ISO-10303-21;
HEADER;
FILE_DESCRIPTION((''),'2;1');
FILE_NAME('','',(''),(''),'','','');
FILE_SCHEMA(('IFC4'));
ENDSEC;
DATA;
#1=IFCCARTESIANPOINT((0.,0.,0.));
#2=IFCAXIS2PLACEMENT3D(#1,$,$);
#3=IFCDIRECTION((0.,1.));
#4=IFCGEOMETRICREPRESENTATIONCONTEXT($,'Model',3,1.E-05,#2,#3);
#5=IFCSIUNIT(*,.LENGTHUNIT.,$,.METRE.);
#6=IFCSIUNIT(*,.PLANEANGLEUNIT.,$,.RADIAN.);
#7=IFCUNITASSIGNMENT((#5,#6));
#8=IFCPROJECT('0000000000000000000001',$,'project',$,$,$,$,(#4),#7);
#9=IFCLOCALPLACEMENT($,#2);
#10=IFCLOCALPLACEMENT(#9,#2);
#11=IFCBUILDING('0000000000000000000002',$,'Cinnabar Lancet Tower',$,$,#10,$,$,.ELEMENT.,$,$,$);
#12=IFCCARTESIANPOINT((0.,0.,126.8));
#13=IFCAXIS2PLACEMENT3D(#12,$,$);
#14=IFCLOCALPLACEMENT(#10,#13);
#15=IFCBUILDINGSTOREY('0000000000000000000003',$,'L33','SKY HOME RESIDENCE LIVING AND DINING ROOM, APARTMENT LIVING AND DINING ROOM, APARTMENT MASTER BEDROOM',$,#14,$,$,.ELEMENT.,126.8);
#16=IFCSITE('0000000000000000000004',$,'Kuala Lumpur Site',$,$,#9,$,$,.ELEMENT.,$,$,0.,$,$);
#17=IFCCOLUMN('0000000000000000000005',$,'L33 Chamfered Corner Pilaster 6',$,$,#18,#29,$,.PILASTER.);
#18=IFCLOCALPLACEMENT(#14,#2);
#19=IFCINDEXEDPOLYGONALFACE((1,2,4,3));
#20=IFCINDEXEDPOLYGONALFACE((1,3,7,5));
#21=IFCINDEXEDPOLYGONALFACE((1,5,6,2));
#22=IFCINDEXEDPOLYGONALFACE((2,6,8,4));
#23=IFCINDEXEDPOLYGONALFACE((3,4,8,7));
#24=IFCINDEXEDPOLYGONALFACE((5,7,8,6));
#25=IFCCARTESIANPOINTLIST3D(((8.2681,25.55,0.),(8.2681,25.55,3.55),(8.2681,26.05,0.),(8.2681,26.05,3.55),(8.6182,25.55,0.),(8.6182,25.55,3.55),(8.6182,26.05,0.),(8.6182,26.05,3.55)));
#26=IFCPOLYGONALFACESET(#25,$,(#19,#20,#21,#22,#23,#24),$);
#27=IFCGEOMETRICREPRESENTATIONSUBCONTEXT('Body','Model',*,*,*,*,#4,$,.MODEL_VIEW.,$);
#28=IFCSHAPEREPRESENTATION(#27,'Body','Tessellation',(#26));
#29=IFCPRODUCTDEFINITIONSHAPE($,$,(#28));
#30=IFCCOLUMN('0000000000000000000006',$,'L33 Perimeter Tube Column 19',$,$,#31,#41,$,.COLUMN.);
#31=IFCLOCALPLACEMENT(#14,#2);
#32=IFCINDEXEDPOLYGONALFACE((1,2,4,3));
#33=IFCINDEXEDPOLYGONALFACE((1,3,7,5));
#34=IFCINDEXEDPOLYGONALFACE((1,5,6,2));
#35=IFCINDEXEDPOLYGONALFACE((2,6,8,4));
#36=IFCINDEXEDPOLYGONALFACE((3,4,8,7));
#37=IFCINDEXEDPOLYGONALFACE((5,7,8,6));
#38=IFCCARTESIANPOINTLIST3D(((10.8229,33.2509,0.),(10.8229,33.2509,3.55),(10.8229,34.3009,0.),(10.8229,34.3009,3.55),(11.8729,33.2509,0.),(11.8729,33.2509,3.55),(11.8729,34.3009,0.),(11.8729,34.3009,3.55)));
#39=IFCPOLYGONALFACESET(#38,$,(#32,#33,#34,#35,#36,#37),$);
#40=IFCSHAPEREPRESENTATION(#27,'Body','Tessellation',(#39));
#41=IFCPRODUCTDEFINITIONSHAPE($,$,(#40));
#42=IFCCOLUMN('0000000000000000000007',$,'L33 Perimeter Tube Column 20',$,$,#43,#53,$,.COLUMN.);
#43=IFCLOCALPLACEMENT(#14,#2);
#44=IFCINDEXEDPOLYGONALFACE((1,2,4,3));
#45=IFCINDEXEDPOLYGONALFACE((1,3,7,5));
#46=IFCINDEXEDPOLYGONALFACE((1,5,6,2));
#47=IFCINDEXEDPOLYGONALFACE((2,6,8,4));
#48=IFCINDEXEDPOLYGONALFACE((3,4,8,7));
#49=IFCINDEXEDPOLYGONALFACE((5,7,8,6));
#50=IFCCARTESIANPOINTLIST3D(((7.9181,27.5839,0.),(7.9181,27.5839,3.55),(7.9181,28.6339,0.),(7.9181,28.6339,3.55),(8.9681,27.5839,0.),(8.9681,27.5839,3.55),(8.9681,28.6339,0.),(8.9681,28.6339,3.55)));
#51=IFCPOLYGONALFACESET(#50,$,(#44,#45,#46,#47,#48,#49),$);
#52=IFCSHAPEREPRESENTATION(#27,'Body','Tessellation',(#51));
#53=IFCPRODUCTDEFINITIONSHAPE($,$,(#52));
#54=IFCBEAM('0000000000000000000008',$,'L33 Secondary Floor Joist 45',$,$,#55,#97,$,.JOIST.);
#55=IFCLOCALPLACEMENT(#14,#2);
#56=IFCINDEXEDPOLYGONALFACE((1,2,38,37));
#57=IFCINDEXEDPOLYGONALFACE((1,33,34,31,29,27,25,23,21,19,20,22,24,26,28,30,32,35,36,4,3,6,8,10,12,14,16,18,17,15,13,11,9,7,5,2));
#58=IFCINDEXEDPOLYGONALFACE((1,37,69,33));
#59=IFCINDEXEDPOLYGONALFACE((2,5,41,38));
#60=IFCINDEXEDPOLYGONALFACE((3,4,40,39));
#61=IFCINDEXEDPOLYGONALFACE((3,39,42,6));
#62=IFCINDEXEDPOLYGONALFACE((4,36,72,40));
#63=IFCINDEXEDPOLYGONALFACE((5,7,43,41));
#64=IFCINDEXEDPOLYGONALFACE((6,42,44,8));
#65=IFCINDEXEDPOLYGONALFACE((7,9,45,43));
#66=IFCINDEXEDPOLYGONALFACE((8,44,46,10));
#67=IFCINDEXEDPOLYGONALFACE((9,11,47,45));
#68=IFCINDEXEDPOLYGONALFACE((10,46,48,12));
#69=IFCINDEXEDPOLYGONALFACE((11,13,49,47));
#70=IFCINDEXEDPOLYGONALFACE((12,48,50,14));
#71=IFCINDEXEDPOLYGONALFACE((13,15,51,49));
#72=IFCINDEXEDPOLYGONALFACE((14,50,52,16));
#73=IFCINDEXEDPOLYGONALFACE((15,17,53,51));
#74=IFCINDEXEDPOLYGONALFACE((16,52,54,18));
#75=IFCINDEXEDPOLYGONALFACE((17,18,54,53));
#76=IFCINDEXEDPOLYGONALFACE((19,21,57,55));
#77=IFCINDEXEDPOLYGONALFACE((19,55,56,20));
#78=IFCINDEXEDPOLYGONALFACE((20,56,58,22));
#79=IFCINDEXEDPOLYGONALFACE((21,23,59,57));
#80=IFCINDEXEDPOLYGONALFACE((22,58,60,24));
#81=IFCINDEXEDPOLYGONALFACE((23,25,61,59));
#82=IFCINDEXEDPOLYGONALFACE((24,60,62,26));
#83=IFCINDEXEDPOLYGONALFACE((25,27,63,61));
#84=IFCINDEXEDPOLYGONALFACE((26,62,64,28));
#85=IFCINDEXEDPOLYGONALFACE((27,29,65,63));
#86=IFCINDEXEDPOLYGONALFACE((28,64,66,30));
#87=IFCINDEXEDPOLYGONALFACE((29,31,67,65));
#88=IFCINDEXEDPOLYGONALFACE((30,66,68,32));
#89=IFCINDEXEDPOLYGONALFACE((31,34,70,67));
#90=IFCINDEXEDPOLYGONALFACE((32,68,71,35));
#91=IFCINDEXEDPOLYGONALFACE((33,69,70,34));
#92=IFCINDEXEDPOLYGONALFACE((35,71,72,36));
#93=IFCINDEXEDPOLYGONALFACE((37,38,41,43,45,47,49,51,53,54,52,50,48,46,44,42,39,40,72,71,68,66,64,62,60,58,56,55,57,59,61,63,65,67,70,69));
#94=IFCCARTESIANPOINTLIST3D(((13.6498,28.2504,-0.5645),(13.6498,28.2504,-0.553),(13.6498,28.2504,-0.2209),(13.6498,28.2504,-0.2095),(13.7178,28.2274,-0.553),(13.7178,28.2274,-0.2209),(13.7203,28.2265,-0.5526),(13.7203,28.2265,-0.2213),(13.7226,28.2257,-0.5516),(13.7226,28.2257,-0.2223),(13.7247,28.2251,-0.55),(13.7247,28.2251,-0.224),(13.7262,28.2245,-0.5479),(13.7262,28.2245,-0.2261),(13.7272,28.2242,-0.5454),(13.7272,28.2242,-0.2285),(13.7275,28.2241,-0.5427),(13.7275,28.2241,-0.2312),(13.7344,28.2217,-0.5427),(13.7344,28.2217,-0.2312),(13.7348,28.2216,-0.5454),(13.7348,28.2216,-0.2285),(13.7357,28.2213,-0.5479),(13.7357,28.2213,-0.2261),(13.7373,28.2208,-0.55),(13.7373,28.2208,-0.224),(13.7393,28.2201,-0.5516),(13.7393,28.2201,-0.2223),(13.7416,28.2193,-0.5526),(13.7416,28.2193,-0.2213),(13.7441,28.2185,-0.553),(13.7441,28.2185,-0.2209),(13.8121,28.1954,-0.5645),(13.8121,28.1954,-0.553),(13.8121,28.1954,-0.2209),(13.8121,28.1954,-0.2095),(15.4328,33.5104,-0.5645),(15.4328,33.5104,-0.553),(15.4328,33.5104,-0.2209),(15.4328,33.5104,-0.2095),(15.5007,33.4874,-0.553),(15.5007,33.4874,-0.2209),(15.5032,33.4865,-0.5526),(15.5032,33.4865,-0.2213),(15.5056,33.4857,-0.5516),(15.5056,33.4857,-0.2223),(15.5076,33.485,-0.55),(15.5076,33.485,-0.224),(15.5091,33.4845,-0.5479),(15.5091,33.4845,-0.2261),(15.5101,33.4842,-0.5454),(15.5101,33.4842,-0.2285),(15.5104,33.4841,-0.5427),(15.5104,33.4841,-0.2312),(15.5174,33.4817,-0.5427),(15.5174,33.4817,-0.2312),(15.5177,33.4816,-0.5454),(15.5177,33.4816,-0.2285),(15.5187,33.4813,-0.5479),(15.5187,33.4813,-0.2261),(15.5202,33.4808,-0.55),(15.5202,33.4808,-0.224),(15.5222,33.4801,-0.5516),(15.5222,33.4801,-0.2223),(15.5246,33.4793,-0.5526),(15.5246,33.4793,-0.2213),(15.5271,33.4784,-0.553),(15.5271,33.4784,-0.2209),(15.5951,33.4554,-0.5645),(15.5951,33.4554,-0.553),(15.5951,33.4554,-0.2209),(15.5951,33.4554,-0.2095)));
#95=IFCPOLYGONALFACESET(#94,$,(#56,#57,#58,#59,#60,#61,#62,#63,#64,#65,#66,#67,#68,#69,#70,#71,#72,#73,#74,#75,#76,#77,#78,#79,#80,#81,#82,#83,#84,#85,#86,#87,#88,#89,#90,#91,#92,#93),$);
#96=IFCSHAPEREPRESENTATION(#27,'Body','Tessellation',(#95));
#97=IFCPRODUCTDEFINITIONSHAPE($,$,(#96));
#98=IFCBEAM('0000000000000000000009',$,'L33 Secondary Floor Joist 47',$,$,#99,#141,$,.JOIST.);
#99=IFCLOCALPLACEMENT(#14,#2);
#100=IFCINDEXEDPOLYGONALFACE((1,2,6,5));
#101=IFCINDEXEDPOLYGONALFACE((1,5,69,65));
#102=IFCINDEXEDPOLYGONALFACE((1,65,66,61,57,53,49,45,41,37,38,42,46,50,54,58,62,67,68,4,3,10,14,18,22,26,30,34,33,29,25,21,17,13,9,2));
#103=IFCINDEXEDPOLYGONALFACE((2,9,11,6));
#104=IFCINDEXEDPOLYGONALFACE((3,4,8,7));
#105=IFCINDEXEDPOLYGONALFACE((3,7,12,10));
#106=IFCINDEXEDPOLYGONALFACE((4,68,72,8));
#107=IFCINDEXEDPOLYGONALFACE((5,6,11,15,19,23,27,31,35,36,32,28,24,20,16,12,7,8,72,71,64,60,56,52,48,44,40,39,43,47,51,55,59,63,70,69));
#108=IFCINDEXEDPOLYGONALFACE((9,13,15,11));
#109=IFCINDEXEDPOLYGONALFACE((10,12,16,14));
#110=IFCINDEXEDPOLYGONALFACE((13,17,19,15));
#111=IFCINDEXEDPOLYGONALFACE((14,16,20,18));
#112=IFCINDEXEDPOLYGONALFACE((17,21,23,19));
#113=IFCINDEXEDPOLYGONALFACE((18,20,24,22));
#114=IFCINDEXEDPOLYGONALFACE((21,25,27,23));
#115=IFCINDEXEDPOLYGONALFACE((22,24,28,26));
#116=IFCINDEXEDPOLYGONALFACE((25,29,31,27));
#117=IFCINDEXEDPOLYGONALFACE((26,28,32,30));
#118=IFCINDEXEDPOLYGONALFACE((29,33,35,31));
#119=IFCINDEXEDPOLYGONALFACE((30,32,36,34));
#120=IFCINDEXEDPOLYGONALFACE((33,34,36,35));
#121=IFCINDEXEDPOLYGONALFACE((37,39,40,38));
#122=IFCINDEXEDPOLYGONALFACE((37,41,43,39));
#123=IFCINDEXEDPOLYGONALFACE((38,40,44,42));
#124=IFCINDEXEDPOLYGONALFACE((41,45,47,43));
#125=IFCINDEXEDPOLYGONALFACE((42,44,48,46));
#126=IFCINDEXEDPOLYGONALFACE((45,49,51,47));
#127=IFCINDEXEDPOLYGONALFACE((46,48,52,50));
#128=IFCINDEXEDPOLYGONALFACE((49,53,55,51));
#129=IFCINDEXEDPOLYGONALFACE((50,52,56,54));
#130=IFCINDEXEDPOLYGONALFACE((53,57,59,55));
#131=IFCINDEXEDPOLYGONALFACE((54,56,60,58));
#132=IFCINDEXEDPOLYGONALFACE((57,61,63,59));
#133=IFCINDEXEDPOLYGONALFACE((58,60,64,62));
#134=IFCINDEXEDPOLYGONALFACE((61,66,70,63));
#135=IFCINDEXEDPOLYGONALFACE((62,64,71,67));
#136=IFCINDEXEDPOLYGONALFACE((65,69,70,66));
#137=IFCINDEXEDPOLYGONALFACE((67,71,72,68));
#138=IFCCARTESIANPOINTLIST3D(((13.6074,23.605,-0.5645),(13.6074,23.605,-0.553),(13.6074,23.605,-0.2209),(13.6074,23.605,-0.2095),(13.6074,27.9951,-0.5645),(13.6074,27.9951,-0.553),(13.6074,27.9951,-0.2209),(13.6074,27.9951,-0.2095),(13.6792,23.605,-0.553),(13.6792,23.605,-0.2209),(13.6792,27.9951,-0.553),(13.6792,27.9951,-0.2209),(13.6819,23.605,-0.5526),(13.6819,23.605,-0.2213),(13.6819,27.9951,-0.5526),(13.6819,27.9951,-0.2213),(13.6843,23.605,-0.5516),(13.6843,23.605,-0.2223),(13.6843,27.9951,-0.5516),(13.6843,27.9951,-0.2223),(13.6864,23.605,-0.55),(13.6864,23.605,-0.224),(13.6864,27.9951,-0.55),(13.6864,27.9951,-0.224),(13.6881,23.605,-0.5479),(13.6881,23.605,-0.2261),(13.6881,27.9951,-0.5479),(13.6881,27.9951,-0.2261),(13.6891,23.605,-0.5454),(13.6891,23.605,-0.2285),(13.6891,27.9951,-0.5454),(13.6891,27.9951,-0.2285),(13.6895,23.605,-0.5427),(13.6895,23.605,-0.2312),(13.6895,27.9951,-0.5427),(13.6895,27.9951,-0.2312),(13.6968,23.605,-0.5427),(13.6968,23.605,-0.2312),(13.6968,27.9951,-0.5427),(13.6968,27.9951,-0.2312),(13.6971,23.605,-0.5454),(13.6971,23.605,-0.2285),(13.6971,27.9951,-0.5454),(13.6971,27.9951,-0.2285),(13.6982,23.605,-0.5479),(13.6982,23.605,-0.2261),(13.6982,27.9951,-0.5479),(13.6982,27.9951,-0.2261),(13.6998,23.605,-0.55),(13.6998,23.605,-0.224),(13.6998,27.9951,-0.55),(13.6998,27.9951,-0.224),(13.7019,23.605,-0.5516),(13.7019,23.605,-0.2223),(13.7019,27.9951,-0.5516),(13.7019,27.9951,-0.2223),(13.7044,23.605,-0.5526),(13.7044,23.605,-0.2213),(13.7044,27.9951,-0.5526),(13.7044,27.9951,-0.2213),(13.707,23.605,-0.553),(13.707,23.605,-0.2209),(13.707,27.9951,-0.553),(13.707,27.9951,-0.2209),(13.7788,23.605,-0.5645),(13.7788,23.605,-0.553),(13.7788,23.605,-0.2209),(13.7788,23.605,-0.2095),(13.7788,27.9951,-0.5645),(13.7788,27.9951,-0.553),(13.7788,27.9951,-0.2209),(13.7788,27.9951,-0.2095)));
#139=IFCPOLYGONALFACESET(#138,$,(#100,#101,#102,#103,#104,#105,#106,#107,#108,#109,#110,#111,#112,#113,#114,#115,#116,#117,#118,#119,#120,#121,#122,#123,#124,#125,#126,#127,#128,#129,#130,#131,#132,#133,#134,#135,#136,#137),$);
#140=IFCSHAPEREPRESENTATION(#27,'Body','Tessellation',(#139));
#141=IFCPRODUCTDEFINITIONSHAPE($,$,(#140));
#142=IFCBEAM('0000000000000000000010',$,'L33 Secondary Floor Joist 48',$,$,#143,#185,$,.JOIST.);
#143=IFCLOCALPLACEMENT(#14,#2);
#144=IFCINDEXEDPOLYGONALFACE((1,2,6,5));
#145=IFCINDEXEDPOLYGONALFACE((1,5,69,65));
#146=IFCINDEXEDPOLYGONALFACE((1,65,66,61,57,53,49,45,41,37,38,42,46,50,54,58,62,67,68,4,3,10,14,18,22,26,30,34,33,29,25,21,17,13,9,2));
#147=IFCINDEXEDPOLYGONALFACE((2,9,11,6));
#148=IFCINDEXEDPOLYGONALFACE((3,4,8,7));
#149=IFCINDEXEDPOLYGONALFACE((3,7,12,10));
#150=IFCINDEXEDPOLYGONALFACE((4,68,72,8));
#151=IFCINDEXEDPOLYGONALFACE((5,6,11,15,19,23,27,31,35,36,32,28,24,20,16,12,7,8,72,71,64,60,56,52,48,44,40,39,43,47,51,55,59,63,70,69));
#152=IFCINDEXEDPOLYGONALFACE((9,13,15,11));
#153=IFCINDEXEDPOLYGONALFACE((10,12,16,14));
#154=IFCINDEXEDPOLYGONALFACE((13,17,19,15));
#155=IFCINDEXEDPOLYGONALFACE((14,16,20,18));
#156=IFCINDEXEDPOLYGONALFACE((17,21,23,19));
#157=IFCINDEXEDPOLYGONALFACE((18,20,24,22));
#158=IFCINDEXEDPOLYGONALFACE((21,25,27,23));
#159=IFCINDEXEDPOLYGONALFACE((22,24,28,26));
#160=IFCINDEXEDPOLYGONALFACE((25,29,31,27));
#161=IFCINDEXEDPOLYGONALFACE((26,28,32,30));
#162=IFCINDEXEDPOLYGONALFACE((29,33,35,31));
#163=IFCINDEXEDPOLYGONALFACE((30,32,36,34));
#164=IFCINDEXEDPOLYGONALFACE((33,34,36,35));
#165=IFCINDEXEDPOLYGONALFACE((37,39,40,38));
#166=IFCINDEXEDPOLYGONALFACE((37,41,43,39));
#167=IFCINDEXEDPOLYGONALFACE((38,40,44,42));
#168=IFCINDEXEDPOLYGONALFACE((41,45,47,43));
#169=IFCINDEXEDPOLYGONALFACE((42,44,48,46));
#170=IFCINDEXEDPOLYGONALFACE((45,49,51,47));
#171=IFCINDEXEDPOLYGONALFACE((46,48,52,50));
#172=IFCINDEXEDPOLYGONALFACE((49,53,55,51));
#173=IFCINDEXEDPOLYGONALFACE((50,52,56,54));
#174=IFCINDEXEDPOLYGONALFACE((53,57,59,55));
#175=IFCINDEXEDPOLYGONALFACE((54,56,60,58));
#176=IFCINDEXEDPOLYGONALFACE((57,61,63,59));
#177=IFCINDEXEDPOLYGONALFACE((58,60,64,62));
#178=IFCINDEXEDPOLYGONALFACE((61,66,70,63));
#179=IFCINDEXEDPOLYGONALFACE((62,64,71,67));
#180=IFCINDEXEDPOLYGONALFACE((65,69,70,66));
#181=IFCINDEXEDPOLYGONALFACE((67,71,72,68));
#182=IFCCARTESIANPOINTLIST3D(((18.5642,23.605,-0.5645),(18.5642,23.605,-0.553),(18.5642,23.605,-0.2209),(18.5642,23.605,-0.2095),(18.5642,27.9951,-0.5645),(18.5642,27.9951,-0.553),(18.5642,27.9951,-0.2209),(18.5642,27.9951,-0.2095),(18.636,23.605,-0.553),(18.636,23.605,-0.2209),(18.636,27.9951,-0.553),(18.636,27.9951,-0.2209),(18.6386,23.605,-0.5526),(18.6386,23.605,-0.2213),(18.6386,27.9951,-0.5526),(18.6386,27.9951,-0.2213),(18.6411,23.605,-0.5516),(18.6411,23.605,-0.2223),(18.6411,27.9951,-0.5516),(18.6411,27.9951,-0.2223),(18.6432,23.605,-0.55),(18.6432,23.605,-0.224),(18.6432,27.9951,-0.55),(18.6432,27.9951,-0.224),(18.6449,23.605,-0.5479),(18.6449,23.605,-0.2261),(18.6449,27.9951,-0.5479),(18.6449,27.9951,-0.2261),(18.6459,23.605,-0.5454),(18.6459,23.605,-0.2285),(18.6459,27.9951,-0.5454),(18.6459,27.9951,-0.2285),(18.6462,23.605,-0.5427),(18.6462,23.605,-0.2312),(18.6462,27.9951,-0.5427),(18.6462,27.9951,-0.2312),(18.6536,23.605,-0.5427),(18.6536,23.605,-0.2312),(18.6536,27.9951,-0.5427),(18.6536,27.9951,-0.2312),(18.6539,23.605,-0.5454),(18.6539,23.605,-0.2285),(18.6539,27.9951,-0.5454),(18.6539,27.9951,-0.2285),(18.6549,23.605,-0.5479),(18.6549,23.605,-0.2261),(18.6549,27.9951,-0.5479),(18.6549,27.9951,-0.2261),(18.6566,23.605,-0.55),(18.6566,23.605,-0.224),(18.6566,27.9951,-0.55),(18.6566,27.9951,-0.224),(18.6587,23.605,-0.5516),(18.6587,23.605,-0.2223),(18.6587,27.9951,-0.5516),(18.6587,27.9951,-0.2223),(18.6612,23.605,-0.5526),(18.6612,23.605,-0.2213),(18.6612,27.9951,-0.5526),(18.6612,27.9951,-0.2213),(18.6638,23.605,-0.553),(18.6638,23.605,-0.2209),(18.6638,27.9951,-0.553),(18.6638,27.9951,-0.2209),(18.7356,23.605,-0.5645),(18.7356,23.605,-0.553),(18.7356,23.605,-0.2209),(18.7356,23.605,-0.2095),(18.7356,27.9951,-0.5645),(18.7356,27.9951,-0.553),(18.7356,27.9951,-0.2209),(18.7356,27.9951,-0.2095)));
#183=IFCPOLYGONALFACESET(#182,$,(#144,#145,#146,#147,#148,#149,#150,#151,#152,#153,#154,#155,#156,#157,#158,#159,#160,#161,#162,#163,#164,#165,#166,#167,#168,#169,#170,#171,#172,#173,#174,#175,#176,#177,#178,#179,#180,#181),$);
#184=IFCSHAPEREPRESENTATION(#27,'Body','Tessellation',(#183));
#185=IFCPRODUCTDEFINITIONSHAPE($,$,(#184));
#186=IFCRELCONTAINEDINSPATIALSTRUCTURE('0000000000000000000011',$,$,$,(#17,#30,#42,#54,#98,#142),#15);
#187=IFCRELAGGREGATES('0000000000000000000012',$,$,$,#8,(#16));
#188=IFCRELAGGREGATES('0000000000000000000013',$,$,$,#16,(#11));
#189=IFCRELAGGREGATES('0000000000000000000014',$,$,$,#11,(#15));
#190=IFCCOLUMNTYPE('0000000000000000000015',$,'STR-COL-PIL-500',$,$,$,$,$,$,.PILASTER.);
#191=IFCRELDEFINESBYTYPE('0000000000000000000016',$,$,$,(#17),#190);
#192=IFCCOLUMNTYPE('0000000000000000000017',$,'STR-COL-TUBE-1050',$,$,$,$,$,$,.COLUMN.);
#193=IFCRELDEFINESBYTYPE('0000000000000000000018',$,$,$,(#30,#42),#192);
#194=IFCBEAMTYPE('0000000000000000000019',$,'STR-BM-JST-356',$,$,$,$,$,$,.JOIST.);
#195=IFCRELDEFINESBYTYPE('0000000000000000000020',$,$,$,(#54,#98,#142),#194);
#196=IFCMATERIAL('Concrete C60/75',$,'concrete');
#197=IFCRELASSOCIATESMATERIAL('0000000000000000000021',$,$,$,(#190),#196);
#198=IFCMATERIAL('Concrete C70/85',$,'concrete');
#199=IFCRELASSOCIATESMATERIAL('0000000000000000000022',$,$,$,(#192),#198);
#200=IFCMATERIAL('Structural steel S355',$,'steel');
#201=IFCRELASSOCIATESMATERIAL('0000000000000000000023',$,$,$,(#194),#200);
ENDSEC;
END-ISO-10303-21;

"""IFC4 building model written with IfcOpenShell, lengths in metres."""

from ifc_helpers import new_model, si_unit, direction, frame, origin, origin_2d, place, context, subcontext, project, spatial, rectangle, i_section, extrude, material, material_profile, profile_set, type_object, element, save


model = new_model("IFC4")

# Units and contexts
model_context = context("Model", 3, precision=1e-05, world=origin(), true_north=direction((0.0, 1.0)))
body_context = subcontext(model_context, "Body", "Model", "MODEL_VIEW")
ifc_project = project(units=[si_unit("LENGTHUNIT", "METRE"), si_unit("PLANEANGLEUNIT", "RADIAN")], contexts=[model_context])

# Site, building, storey
site_placement = place(None, origin())
site = spatial("IfcSite", under=ifc_project, at=site_placement, Name="Kuala Lumpur Site", CompositionType="ELEMENT", RefElevation=0.0)
building_placement = place(site_placement, origin())
building = spatial("IfcBuilding", under=site, at=building_placement, Name="Cinnabar Lancet Tower", CompositionType="ELEMENT")
storey_placement = place(building_placement, frame((0.0, 0.0, 126.8)))
storey = spatial("IfcBuildingStorey", under=building, at=storey_placement, Name="L33", Description="SKY HOME RESIDENCE LIVING AND DINING ROOM, APARTMENT LIVING AND DINING ROOM, APARTMENT MASTER BEDROOM", CompositionType="ELEMENT", Elevation=126.8)

# Columns
ifc_material_1 = material(Name="Concrete C60/75", Category="concrete")
ifc_material_profile_1 = material_profile(ifc_material_1, rectangle(XDim=0.5, YDim=0.3501, at=origin_2d()), Name="RC-PIL 500x350")
ifc_profile_set_1 = profile_set([ifc_material_profile_1], Name="Concrete C60/75")
column_type_1 = type_object("IfcColumnType", Name="STR-COL-PIL-500", PredefinedType="PILASTER", material=ifc_profile_set_1)
column_placement = place(storey_placement, frame((8.4431, 25.8, 0.0), z_axis=(0.0, 0.0, 1.0), x_axis=(0.0, -1.0, 0.0)))
element("IfcColumn", 1, at=column_placement, inside=storey, type_object=column_type_1, Name="L33 Chamfered Corner Pilaster 6", PredefinedType="PILASTER", context=body_context, shape_type="SweptSolid", body=[
    extrude(rectangle(XDim=0.5, YDim=0.3501, at=origin_2d()), origin(), (0.0, 0.0, 1.0), 3.55),
])
ifc_material_2 = material(Name="Concrete C70/85", Category="concrete")
ifc_material_profile_2 = material_profile(ifc_material_2, rectangle(XDim=1.05, YDim=1.05, at=origin_2d()), Name="RC-COL 1050x1050")
ifc_profile_set_2 = profile_set([ifc_material_profile_2], Name="Concrete C70/85")
column_type_2 = type_object("IfcColumnType", Name="STR-COL-TUBE-1050", PredefinedType="COLUMN", material=ifc_profile_set_2)
for number, where, z_axis, x_axis, name in (
    (2, (11.3479, 33.7759, 0.0), (0.0, 0.0, 1.0), (1.0, 0.0, 0.0), "L33 Perimeter Tube Column 19"),
    (3, (8.4431, 28.1089, 0.0), (0.0, 0.0, 1.0), (1.0, 0.0, 0.0), "L33 Perimeter Tube Column 20"),
):
    element("IfcColumn", number, at=place(storey_placement, frame(where, z_axis=z_axis, x_axis=x_axis)), inside=storey, type_object=column_type_2, Name=name, PredefinedType="COLUMN", context=body_context, shape_type="SweptSolid", body=[
        extrude(rectangle(XDim=1.05, YDim=1.05, at=origin_2d()), origin(), (0.0, 0.0, 1.0), 3.55),
    ])

# Beams
ifc_material_3 = material(Name="Structural steel S355", Category="steel")
ifc_material_profile_3 = material_profile(ifc_material_3, i_section(OverallWidth=0.1714, OverallDepth=0.355, WebThickness=0.0073, FlangeThickness=0.0115, FilletRadius=0.0103, at=origin_2d()), Name="UKB 356x171x51")
ifc_profile_set_3 = profile_set([ifc_material_profile_3], Name="Structural steel S355")
beam_type_1 = type_object("IfcBeamType", Name="STR-BM-JST-356", PredefinedType="JOIST", material=ifc_profile_set_3)
beam_1_placement = place(storey_placement, frame((15.5139, 33.4829, -0.387), z_axis=(-0.321024, -0.947071, 0.0), x_axis=(0.947071, -0.321024, 0.0)))
element("IfcBeam", 4, at=beam_1_placement, inside=storey, type_object=beam_type_1, Name="L33 Secondary Floor Joist 45", PredefinedType="JOIST", context=body_context, shape_type="SweptSolid", body=[
    extrude(i_section(OverallWidth=0.1714, OverallDepth=0.355, WebThickness=0.0073, FlangeThickness=0.0115, FilletRadius=0.0103, at=origin_2d()), origin(), (0.0, 0.0, 1.0), 5.554),
])
for number, where, z_axis, x_axis, name in (
    (5, (13.6931, 27.9951, -0.387), (0.0, -1.0, 0.0), (1.0, 0.0, 0.0), "L33 Secondary Floor Joist 47"),
    (6, (18.6499, 27.9951, -0.387), (0.0, -1.0, 0.0), (1.0, 0.0, 0.0), "L33 Secondary Floor Joist 48"),
):
    element("IfcBeam", number, at=place(storey_placement, frame(where, z_axis=z_axis, x_axis=x_axis)), inside=storey, type_object=beam_type_1, Name=name, PredefinedType="JOIST", context=body_context, shape_type="SweptSolid", body=[
        extrude(i_section(OverallWidth=0.1714, OverallDepth=0.355, WebThickness=0.0073, FlangeThickness=0.0115, FilletRadius=0.0103, at=origin_2d()), origin(), (0.0, 0.0, 1.0), 4.3901),
    ])

save(model, "model.ifc")
